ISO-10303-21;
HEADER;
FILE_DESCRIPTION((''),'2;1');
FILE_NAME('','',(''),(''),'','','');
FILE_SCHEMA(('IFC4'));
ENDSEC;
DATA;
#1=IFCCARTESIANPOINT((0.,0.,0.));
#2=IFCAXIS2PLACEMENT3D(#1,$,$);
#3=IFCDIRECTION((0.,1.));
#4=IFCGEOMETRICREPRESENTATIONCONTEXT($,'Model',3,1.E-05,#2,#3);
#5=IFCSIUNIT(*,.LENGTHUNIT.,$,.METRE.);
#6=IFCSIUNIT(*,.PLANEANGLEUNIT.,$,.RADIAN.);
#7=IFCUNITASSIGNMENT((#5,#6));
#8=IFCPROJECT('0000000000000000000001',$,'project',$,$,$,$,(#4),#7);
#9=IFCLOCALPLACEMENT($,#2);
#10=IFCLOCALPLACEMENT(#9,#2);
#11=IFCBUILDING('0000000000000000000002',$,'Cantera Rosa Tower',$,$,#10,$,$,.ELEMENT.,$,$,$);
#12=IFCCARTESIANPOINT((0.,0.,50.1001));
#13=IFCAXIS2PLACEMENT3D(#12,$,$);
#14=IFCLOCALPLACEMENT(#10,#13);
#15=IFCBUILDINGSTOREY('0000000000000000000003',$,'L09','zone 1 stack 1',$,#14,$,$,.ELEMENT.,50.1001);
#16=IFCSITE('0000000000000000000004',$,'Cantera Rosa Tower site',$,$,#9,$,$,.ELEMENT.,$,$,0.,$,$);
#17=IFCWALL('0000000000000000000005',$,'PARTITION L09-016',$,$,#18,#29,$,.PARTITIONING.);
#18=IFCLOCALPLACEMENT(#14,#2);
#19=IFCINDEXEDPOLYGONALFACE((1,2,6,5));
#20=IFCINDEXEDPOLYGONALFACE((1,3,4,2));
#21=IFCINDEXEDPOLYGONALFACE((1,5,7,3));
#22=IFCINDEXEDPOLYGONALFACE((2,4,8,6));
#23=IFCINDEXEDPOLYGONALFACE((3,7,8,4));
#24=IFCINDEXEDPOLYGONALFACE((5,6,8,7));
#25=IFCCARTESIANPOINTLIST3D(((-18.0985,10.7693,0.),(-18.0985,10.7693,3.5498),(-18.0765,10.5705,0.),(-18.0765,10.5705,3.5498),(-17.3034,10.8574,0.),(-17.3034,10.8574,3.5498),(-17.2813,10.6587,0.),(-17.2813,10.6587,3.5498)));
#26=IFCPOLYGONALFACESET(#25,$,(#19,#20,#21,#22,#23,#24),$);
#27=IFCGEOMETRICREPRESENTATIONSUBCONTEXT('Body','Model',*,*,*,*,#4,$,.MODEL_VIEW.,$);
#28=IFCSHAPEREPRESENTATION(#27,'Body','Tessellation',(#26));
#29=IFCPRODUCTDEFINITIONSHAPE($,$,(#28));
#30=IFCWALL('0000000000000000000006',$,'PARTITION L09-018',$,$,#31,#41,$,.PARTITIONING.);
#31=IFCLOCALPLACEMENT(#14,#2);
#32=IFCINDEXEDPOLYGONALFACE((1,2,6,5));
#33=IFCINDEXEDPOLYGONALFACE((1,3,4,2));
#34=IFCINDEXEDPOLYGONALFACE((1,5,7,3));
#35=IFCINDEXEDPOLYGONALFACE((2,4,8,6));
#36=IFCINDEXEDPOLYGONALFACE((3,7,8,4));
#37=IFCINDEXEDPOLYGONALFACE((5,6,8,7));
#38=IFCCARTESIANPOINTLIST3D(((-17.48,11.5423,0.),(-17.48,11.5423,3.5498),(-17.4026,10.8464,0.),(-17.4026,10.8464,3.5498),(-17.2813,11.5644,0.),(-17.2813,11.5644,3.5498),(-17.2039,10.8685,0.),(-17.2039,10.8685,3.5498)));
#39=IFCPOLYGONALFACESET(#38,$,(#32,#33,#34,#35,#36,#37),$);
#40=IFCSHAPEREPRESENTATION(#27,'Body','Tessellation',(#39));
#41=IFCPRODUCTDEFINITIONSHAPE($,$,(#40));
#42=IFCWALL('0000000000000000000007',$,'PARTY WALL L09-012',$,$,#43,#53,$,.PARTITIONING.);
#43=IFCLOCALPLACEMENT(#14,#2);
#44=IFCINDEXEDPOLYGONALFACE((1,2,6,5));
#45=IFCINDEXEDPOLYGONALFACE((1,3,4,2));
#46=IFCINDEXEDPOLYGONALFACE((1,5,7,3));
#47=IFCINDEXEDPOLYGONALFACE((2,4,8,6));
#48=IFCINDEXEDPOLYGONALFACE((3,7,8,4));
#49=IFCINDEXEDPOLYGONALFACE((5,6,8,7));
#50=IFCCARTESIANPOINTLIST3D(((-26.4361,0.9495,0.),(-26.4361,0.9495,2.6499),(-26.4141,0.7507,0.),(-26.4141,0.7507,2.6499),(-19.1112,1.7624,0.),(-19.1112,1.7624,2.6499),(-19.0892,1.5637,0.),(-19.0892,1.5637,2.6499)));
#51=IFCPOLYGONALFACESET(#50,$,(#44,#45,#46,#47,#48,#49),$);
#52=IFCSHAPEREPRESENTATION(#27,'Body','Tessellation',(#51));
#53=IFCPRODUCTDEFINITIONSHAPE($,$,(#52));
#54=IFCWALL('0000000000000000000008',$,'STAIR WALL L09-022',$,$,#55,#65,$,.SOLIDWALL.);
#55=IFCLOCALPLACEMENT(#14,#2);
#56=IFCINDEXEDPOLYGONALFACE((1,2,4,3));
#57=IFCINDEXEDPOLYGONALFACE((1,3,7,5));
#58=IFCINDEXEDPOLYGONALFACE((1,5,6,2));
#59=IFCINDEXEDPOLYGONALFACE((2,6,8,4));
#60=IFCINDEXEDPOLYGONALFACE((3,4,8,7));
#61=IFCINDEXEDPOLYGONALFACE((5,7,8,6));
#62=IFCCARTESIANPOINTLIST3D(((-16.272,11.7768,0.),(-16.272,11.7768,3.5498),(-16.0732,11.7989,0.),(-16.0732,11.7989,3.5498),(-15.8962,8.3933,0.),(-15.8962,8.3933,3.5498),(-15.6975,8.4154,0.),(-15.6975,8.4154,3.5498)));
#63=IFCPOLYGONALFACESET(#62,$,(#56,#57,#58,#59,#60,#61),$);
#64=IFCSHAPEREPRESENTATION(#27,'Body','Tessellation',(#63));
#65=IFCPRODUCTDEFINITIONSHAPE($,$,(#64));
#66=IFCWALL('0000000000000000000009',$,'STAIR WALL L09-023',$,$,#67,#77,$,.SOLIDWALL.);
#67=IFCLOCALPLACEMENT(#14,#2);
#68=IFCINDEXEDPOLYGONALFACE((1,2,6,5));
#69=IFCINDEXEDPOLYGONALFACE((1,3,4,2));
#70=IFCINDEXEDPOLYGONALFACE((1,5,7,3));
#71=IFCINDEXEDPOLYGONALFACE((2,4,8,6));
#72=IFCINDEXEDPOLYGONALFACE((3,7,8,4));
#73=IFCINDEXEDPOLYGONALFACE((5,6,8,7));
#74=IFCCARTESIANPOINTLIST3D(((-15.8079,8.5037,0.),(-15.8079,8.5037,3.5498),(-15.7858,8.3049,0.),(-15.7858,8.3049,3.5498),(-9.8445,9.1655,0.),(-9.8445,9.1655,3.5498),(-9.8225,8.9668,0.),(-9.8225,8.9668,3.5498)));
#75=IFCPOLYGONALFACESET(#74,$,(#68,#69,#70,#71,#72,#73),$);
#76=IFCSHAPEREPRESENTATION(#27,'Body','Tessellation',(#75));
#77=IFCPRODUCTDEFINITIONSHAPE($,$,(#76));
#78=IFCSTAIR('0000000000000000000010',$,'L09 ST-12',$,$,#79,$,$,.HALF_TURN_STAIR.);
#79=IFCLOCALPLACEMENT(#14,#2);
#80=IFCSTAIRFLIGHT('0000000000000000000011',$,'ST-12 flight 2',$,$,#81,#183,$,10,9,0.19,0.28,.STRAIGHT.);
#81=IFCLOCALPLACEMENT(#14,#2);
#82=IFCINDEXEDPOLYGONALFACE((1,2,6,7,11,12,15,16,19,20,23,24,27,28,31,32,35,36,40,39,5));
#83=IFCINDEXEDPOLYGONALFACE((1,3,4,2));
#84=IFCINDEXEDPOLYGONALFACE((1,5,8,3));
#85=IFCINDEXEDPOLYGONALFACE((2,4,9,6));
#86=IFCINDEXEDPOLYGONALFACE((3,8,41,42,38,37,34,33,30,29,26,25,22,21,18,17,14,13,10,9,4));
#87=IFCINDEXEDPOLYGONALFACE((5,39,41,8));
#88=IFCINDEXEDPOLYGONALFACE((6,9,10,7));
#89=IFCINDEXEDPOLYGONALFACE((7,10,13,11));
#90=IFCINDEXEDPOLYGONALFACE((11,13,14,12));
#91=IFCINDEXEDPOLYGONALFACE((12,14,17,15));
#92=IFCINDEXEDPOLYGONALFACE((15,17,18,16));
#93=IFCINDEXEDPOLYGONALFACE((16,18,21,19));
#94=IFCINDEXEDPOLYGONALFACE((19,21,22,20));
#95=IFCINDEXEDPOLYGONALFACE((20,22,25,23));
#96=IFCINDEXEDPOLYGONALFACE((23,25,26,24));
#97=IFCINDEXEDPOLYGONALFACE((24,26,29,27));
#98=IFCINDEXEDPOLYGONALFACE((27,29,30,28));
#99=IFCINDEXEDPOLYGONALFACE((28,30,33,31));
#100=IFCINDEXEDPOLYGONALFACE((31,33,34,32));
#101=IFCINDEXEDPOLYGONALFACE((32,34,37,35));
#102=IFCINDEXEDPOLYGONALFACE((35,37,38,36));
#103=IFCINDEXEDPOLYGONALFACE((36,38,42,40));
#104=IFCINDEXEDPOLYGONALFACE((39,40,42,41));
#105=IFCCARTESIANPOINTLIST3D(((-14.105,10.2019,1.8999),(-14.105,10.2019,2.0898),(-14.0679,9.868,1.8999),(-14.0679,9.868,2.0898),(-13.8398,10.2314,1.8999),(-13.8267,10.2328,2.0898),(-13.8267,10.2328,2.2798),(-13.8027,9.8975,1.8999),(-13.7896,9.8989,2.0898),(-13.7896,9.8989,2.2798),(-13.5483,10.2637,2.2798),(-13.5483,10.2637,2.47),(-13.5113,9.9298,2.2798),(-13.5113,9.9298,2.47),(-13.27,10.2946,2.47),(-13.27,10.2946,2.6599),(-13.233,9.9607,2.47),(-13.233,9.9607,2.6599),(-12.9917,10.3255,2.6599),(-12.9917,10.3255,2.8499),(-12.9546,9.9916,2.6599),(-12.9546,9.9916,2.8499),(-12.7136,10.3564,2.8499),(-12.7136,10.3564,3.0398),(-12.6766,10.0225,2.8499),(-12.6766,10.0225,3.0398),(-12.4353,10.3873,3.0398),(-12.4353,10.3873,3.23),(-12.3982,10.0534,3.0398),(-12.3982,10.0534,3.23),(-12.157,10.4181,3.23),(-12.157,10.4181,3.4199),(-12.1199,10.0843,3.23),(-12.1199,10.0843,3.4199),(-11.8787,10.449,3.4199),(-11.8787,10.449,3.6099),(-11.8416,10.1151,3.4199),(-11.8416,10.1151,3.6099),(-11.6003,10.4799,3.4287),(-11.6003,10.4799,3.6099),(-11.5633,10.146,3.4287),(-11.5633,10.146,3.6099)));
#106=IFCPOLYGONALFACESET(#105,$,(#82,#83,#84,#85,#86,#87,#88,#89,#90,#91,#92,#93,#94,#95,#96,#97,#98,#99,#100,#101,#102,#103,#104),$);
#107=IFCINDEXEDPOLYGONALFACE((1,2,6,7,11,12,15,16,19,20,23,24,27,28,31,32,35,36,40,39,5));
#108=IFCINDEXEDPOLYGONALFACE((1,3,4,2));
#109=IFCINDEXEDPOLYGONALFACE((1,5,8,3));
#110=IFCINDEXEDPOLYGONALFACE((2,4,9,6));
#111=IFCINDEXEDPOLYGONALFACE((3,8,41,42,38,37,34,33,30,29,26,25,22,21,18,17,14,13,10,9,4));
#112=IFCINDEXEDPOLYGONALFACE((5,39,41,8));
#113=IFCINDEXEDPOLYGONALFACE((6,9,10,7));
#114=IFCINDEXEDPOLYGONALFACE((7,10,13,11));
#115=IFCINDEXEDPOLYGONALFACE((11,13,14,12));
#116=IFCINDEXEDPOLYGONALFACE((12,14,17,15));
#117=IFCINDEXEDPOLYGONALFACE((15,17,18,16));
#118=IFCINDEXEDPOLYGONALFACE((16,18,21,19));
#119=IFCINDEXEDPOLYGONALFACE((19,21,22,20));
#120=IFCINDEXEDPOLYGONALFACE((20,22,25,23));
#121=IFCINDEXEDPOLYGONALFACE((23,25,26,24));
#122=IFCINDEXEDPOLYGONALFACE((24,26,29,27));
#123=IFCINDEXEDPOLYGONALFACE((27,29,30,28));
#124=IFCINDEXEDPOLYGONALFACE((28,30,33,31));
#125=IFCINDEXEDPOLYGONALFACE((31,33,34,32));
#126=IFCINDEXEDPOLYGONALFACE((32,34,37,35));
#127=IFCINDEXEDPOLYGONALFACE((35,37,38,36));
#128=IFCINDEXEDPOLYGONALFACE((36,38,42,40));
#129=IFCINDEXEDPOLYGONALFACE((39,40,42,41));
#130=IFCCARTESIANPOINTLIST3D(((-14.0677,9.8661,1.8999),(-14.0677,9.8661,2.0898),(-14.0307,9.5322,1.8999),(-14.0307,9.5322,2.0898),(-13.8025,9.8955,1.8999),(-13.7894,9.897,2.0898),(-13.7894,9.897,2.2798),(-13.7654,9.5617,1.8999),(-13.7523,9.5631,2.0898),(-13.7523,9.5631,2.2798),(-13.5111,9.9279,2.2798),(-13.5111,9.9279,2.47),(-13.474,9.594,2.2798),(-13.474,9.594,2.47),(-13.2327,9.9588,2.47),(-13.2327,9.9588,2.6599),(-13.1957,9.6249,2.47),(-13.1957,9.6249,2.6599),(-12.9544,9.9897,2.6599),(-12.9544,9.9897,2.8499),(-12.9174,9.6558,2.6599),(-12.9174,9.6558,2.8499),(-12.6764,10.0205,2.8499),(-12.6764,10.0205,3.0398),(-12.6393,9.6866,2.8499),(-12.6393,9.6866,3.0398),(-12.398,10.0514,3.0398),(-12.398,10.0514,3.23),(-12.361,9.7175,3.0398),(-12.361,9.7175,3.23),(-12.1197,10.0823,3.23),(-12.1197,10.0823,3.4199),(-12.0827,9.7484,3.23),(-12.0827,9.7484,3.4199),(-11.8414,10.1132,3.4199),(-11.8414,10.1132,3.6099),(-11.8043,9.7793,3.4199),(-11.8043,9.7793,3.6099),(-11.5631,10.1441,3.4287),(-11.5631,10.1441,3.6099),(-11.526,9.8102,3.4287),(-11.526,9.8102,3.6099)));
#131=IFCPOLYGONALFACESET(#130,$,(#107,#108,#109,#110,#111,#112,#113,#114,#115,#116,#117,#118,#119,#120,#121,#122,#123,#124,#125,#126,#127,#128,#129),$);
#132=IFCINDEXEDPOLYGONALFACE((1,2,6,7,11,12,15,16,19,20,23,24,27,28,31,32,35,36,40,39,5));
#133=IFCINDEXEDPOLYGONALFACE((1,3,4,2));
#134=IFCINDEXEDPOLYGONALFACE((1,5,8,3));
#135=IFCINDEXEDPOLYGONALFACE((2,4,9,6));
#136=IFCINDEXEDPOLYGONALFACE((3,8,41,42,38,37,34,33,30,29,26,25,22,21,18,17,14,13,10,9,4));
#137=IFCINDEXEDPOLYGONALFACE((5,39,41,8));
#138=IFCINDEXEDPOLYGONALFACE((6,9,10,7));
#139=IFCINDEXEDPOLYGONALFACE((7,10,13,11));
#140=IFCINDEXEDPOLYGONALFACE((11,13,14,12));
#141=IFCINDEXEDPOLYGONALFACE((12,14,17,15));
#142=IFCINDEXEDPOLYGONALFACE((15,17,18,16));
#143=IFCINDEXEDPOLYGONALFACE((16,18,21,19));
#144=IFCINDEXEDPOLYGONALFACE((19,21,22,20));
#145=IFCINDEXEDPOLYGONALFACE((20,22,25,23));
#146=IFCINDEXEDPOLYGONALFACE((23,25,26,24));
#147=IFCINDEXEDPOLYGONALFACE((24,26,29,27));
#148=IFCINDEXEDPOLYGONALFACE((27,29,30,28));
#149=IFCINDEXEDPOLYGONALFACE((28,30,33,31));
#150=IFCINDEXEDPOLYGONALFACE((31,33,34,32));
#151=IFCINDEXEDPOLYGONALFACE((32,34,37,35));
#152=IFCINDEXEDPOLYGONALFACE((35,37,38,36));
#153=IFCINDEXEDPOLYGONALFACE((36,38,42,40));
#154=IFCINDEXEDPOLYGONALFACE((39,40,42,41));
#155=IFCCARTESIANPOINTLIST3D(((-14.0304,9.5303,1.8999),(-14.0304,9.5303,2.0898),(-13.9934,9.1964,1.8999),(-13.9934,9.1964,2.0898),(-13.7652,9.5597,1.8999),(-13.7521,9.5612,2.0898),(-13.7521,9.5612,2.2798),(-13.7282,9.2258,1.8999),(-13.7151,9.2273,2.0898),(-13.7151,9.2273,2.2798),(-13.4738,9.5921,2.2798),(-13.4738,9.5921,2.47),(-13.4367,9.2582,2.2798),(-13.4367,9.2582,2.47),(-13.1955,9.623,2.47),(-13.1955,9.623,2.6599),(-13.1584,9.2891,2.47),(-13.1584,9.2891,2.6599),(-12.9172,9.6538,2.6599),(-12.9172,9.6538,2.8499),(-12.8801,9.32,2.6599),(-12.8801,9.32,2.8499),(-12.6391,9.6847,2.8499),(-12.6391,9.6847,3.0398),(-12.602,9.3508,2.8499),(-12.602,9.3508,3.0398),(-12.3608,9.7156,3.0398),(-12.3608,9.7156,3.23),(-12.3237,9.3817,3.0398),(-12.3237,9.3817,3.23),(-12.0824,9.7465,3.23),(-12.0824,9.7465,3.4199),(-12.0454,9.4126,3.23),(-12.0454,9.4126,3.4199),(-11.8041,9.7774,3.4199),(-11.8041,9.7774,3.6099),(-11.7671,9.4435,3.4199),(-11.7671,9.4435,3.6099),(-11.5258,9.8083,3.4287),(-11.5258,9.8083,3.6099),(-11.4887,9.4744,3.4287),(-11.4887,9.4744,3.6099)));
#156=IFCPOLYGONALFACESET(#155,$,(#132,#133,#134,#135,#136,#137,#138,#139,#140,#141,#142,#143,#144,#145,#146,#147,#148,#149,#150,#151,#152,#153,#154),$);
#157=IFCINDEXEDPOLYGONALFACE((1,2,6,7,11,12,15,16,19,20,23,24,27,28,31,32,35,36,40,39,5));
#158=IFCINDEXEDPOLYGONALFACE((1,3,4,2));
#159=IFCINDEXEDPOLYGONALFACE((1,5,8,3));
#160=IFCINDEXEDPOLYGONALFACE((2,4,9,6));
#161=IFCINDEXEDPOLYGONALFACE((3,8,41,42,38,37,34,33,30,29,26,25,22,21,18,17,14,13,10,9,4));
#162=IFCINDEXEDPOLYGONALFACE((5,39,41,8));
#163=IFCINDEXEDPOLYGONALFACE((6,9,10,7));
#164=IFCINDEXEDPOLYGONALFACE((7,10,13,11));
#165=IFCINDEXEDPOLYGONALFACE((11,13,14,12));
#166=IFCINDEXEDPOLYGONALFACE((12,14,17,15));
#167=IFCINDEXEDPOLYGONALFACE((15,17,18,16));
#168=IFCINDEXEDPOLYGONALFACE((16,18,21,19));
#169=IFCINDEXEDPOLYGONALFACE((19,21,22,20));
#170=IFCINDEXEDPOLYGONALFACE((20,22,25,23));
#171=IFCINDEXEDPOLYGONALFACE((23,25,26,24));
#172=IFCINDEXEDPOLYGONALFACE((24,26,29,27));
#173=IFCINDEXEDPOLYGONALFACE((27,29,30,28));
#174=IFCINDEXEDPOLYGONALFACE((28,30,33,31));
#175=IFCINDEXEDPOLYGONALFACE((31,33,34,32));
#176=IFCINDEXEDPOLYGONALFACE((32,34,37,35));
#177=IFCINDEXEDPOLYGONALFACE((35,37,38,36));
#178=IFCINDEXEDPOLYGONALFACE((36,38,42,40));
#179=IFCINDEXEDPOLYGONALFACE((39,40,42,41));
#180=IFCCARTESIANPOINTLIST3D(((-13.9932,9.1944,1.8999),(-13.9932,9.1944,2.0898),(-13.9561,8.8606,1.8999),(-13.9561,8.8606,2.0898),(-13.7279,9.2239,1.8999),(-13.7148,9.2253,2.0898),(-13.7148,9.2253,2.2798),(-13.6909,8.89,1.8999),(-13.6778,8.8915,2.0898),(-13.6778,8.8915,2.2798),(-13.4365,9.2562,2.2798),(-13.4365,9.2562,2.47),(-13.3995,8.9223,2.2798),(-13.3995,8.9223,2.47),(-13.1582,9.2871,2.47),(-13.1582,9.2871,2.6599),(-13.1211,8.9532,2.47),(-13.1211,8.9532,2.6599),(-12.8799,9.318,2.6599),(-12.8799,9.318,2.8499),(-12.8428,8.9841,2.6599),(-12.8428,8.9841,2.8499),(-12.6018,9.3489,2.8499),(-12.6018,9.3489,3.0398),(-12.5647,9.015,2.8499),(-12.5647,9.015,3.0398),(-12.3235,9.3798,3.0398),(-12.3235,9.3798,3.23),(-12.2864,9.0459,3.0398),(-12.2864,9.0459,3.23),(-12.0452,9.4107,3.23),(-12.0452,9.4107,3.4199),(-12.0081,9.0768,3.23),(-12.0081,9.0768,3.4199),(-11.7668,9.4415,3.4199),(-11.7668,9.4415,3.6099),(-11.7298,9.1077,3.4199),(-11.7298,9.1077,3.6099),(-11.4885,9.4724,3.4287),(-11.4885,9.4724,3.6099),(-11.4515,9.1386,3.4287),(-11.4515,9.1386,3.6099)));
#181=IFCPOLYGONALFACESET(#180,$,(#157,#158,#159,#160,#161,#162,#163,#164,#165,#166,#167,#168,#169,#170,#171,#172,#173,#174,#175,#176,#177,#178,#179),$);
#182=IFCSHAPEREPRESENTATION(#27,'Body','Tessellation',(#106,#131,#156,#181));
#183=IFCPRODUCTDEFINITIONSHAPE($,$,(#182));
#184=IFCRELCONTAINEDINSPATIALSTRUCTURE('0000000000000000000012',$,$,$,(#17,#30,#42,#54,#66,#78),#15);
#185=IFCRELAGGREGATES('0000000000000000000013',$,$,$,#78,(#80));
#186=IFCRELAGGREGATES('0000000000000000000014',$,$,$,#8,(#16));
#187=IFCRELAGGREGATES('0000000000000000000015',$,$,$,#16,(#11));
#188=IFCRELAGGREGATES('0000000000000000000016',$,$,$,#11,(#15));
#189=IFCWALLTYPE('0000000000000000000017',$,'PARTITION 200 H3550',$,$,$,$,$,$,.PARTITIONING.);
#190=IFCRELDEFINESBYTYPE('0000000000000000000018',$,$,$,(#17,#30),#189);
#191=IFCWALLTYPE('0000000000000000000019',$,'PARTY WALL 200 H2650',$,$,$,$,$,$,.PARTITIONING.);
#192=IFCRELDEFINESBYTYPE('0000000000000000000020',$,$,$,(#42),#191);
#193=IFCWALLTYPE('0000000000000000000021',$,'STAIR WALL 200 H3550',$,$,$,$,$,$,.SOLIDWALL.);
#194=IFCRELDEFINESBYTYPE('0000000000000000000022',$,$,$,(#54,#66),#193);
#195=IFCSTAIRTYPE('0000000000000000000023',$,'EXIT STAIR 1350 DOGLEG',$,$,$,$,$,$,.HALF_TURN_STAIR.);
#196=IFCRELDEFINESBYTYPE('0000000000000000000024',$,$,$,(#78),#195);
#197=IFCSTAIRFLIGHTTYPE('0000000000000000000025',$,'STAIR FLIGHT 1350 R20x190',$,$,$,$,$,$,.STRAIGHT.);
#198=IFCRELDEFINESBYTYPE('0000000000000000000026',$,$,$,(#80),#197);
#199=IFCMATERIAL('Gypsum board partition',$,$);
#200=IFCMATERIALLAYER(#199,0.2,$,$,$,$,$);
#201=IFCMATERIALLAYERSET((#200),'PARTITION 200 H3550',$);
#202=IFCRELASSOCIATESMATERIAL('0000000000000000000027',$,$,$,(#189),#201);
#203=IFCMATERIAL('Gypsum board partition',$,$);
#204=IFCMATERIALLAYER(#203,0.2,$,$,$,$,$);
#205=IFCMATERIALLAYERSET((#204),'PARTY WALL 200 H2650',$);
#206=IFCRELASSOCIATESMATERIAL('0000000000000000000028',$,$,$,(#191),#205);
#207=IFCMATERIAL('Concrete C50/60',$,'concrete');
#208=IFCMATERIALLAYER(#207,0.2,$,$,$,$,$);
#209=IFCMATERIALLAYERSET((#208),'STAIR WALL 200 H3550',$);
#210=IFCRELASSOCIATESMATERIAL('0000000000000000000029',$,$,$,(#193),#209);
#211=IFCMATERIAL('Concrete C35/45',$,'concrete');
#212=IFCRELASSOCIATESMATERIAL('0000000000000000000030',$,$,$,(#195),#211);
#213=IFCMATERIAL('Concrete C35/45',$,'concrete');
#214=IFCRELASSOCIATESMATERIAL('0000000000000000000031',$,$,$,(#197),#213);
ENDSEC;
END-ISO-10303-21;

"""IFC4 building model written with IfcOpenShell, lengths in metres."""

from ifc_helpers import new_model, si_unit, direction, frame, frame_2d, origin, place, context, subcontext, project, spatial, polyline, rectangle, outline, extrude, material, layer, layer_set, type_object, element, aggregate, save


model = new_model("IFC4")

# Units and contexts
model_context = context("Model", 3, precision=1e-05, world=origin(), true_north=direction((0.0, 1.0)))
body_context = subcontext(model_context, "Body", "Model", "MODEL_VIEW")
ifc_project = project(units=[si_unit("LENGTHUNIT", "METRE"), si_unit("PLANEANGLEUNIT", "RADIAN")], contexts=[model_context])

# Site, building, storey
site_placement = place(None, origin())
site = spatial("IfcSite", under=ifc_project, at=site_placement, Name="Cantera Rosa Tower site", CompositionType="ELEMENT", RefElevation=0.0)
building_placement = place(site_placement, origin())
building = spatial("IfcBuilding", under=site, at=building_placement, Name="Cantera Rosa Tower", CompositionType="ELEMENT")
storey_placement = place(building_placement, frame((0.0, 0.0, 50.1001)))
storey = spatial("IfcBuildingStorey", under=building, at=storey_placement, Name="L09", Description="zone 1 stack 1", CompositionType="ELEMENT", Elevation=50.1001)

# Walls
ifc_material_1 = material(Name="Gypsum board partition")
ifc_layer_1 = layer(ifc_material_1, 0.2)
ifc_layer_set_1 = layer_set([ifc_layer_1], Name="PARTITION 200 H3550")
wall_type_1 = type_object("IfcWallType", Name="PARTITION 200 H3550", PredefinedType="PARTITIONING", material=ifc_layer_set_1)
wall_1_placement = place(storey_placement, frame((-18.0874, 10.6699, 0.0), z_axis=(0.0, 0.0, 1.0), x_axis=(0.993913, 0.110164, 0.0)))
element("IfcWall", 1, at=wall_1_placement, inside=storey, type_object=wall_type_1, Name="PARTITION L09-016", PredefinedType="PARTITIONING", context=body_context, shape_type="SweptSolid", body=[
    extrude(rectangle(XDim=0.8, YDim=0.2, at=frame_2d((0.3999, 0.0))), origin(), (0.0, 0.0, 1.0), 3.5498),
])
wall_2_placement = place(storey_placement, frame((-17.3032, 10.8574, 0.0), z_axis=(0.0, 0.0, 1.0), x_axis=(-0.110546, 0.993871, 0.0)))
element("IfcWall", 2, at=wall_2_placement, inside=storey, type_object=wall_type_1, Name="PARTITION L09-018", PredefinedType="PARTITIONING", context=body_context, shape_type="SweptSolid", body=[
    extrude(rectangle(XDim=0.7002, YDim=0.2, at=frame_2d((0.3501, 0.0))), origin(), (0.0, 0.0, 1.0), 3.5498),
])
ifc_material_2 = material(Name="Gypsum board partition")
ifc_layer_2 = layer(ifc_material_2, 0.2)
ifc_layer_set_2 = layer_set([ifc_layer_2], Name="PARTY WALL 200 H2650")
wall_type_2 = type_object("IfcWallType", Name="PARTY WALL 200 H2650", PredefinedType="PARTITIONING", material=ifc_layer_set_2)
wall_3_placement = place(storey_placement, frame((-19.1001, 1.6631, 0.0), z_axis=(0.0, 0.0, 1.0), x_axis=(-0.993897, -0.110312, 0.0)))
element("IfcWall", 3, at=wall_3_placement, inside=storey, type_object=wall_type_2, Name="PARTY WALL L09-012", PredefinedType="PARTITIONING", context=body_context, shape_type="SweptSolid", body=[
    extrude(rectangle(XDim=7.3699, YDim=0.2, at=frame_2d((3.6851, 0.0))), origin(), (0.0, 0.0, 1.0), 2.6499),
])
ifc_material_3 = material(Name="Concrete C50/60", Category="concrete")
ifc_layer_3 = layer(ifc_material_3, 0.2)
ifc_layer_set_3 = layer_set([ifc_layer_3], Name="STAIR WALL 200 H3550")
wall_type_3 = type_object("IfcWallType", Name="STAIR WALL 200 H3550", PredefinedType="SOLIDWALL", material=ifc_layer_set_3)
wall_4_placement = place(storey_placement, frame((-16.1726, 11.7878, 0.0), z_axis=(0.0, 0.0, 1.0), x_axis=(0.110369, -0.993891, 0.0)))
element("IfcWall", 4, at=wall_4_placement, inside=storey, type_object=wall_type_3, Name="STAIR WALL L09-022", PredefinedType="SOLIDWALL", context=body_context, shape_type="SweptSolid", body=[
    extrude(rectangle(XDim=3.4043, YDim=0.2, at=frame_2d((1.7021, 0.0))), origin(), (0.0, 0.0, 1.0), 3.5498),
])
wall_5_placement = place(storey_placement, frame((-15.7969, 8.4043, 0.0), z_axis=(0.0, 0.0, 1.0), x_axis=(0.993897, 0.110311, 0.0)))
element("IfcWall", 5, at=wall_5_placement, inside=storey, type_object=wall_type_3, Name="STAIR WALL L09-023", PredefinedType="SOLIDWALL", context=body_context, shape_type="SweptSolid", body=[
    extrude(rectangle(XDim=6.0, YDim=0.2, at=frame_2d((3.0, 0.0))), origin(), (0.0, 0.0, 1.0), 3.5498),
])

# Stair, stair flight
ifc_material_4 = material(Name="Concrete C35/45", Category="concrete")
stair_type = type_object("IfcStairType", Name="EXIT STAIR 1350 DOGLEG", PredefinedType="HALF_TURN_STAIR", material=ifc_material_4)
stair_placement = place(storey_placement, origin())
stair = element("IfcStair", 6, at=stair_placement, inside=storey, type_object=stair_type, Name="L09 ST-12", PredefinedType="HALF_TURN_STAIR")
ifc_material_5 = material(Name="Concrete C35/45", Category="concrete")
stair_flight_type = type_object("IfcStairFlightType", Name="STAIR FLIGHT 1350 R20x190", PredefinedType="STRAIGHT", material=ifc_material_5)
stair_flight_placement = place(storey_placement, frame((-14.0305, 9.531, 1.8999), z_axis=(0.0, 0.0, 1.0), x_axis=(0.993897, 0.110313, 0.0)))
stair_flight = element("IfcStairFlight", 7, at=stair_flight_placement, type_object=stair_flight_type, Name="ST-12 flight 2", NumberOfRisers=10, NumberOfTreads=9, PredefinedType="STRAIGHT", RiserHeight=0.19, TreadLength=0.28, context=body_context, shape_type="SweptSolid", body=[
    extrude(outline(polyline([(0.0, 0.0), (0.0, 0.1899), (0.28, 0.1899), (0.28, 0.3799), (0.5601, 0.3799), (0.5601, 0.5701), (0.8401, 0.5701), (0.8401, 0.76), (1.1201, 0.76), (1.1201, 0.95), (1.3999, 0.95), (1.3999, 1.1399), (1.6799, 1.1399), (1.6799, 1.3301), (1.96, 1.3301), (1.96, 1.52), (2.24, 1.52), (2.24, 1.71), (2.52, 1.71), (2.52, 1.8999), (2.52, 1.5288), (0.2668, 0.0), (0.0, 0.0)])), frame((0.0, 0.675, 0.0), z_axis=(0.0, -1.0, 0.0), x_axis=(1.0, 0.0, 0.0)), (0.0, 0.0, 1.0), 0.3359),
    extrude(outline(polyline([(0.0, 0.0), (0.0, 0.1899), (0.28, 0.1899), (0.28, 0.3799), (0.5601, 0.3799), (0.5601, 0.5701), (0.8401, 0.5701), (0.8401, 0.76), (1.1201, 0.76), (1.1201, 0.95), (1.3999, 0.95), (1.3999, 1.1399), (1.6799, 1.1399), (1.6799, 1.3301), (1.96, 1.3301), (1.96, 1.52), (2.24, 1.52), (2.24, 1.71), (2.52, 1.71), (2.52, 1.8999), (2.52, 1.5288), (0.2668, 0.0), (0.0, 0.0)])), frame((0.0, 0.3372, 0.0), z_axis=(0.0, -1.0, 0.0), x_axis=(1.0, 0.0, 0.0)), (0.0, 0.0, 1.0), 0.3359),
    extrude(outline(polyline([(0.0, 0.0), (0.0, 0.1899), (0.28, 0.1899), (0.28, 0.3799), (0.5601, 0.3799), (0.5601, 0.5701), (0.8401, 0.5701), (0.8401, 0.76), (1.1201, 0.76), (1.1201, 0.95), (1.3999, 0.95), (1.3999, 1.1399), (1.6799, 1.1399), (1.6799, 1.3301), (1.96, 1.3301), (1.96, 1.52), (2.24, 1.52), (2.24, 1.71), (2.52, 1.71), (2.52, 1.8999), (2.52, 1.5288), (0.2668, 0.0), (0.0, 0.0)])), frame((0.0, -0.0007, 0.0), z_axis=(0.0, -1.0, 0.0), x_axis=(1.0, 0.0, 0.0)), (0.0, 0.0, 1.0), 0.3359),
    extrude(outline(polyline([(0.0, 0.0), (0.0, 0.1899), (0.28, 0.1899), (0.28, 0.3799), (0.5601, 0.3799), (0.5601, 0.5701), (0.8401, 0.5701), (0.8401, 0.76), (1.1201, 0.76), (1.1201, 0.95), (1.3999, 0.95), (1.3999, 1.1399), (1.6799, 1.1399), (1.6799, 1.3301), (1.96, 1.3301), (1.96, 1.52), (2.24, 1.52), (2.24, 1.71), (2.52, 1.71), (2.52, 1.8999), (2.52, 1.5288), (0.2668, 0.0), (0.0, 0.0)])), frame((0.0, -0.3386, 0.0), z_axis=(0.0, -1.0, 0.0), x_axis=(1.0, 0.0, 0.0)), (0.0, 0.0, 1.0), 0.3359),
])
aggregate(stair, [stair_flight])

save(model, "model.ifc")
